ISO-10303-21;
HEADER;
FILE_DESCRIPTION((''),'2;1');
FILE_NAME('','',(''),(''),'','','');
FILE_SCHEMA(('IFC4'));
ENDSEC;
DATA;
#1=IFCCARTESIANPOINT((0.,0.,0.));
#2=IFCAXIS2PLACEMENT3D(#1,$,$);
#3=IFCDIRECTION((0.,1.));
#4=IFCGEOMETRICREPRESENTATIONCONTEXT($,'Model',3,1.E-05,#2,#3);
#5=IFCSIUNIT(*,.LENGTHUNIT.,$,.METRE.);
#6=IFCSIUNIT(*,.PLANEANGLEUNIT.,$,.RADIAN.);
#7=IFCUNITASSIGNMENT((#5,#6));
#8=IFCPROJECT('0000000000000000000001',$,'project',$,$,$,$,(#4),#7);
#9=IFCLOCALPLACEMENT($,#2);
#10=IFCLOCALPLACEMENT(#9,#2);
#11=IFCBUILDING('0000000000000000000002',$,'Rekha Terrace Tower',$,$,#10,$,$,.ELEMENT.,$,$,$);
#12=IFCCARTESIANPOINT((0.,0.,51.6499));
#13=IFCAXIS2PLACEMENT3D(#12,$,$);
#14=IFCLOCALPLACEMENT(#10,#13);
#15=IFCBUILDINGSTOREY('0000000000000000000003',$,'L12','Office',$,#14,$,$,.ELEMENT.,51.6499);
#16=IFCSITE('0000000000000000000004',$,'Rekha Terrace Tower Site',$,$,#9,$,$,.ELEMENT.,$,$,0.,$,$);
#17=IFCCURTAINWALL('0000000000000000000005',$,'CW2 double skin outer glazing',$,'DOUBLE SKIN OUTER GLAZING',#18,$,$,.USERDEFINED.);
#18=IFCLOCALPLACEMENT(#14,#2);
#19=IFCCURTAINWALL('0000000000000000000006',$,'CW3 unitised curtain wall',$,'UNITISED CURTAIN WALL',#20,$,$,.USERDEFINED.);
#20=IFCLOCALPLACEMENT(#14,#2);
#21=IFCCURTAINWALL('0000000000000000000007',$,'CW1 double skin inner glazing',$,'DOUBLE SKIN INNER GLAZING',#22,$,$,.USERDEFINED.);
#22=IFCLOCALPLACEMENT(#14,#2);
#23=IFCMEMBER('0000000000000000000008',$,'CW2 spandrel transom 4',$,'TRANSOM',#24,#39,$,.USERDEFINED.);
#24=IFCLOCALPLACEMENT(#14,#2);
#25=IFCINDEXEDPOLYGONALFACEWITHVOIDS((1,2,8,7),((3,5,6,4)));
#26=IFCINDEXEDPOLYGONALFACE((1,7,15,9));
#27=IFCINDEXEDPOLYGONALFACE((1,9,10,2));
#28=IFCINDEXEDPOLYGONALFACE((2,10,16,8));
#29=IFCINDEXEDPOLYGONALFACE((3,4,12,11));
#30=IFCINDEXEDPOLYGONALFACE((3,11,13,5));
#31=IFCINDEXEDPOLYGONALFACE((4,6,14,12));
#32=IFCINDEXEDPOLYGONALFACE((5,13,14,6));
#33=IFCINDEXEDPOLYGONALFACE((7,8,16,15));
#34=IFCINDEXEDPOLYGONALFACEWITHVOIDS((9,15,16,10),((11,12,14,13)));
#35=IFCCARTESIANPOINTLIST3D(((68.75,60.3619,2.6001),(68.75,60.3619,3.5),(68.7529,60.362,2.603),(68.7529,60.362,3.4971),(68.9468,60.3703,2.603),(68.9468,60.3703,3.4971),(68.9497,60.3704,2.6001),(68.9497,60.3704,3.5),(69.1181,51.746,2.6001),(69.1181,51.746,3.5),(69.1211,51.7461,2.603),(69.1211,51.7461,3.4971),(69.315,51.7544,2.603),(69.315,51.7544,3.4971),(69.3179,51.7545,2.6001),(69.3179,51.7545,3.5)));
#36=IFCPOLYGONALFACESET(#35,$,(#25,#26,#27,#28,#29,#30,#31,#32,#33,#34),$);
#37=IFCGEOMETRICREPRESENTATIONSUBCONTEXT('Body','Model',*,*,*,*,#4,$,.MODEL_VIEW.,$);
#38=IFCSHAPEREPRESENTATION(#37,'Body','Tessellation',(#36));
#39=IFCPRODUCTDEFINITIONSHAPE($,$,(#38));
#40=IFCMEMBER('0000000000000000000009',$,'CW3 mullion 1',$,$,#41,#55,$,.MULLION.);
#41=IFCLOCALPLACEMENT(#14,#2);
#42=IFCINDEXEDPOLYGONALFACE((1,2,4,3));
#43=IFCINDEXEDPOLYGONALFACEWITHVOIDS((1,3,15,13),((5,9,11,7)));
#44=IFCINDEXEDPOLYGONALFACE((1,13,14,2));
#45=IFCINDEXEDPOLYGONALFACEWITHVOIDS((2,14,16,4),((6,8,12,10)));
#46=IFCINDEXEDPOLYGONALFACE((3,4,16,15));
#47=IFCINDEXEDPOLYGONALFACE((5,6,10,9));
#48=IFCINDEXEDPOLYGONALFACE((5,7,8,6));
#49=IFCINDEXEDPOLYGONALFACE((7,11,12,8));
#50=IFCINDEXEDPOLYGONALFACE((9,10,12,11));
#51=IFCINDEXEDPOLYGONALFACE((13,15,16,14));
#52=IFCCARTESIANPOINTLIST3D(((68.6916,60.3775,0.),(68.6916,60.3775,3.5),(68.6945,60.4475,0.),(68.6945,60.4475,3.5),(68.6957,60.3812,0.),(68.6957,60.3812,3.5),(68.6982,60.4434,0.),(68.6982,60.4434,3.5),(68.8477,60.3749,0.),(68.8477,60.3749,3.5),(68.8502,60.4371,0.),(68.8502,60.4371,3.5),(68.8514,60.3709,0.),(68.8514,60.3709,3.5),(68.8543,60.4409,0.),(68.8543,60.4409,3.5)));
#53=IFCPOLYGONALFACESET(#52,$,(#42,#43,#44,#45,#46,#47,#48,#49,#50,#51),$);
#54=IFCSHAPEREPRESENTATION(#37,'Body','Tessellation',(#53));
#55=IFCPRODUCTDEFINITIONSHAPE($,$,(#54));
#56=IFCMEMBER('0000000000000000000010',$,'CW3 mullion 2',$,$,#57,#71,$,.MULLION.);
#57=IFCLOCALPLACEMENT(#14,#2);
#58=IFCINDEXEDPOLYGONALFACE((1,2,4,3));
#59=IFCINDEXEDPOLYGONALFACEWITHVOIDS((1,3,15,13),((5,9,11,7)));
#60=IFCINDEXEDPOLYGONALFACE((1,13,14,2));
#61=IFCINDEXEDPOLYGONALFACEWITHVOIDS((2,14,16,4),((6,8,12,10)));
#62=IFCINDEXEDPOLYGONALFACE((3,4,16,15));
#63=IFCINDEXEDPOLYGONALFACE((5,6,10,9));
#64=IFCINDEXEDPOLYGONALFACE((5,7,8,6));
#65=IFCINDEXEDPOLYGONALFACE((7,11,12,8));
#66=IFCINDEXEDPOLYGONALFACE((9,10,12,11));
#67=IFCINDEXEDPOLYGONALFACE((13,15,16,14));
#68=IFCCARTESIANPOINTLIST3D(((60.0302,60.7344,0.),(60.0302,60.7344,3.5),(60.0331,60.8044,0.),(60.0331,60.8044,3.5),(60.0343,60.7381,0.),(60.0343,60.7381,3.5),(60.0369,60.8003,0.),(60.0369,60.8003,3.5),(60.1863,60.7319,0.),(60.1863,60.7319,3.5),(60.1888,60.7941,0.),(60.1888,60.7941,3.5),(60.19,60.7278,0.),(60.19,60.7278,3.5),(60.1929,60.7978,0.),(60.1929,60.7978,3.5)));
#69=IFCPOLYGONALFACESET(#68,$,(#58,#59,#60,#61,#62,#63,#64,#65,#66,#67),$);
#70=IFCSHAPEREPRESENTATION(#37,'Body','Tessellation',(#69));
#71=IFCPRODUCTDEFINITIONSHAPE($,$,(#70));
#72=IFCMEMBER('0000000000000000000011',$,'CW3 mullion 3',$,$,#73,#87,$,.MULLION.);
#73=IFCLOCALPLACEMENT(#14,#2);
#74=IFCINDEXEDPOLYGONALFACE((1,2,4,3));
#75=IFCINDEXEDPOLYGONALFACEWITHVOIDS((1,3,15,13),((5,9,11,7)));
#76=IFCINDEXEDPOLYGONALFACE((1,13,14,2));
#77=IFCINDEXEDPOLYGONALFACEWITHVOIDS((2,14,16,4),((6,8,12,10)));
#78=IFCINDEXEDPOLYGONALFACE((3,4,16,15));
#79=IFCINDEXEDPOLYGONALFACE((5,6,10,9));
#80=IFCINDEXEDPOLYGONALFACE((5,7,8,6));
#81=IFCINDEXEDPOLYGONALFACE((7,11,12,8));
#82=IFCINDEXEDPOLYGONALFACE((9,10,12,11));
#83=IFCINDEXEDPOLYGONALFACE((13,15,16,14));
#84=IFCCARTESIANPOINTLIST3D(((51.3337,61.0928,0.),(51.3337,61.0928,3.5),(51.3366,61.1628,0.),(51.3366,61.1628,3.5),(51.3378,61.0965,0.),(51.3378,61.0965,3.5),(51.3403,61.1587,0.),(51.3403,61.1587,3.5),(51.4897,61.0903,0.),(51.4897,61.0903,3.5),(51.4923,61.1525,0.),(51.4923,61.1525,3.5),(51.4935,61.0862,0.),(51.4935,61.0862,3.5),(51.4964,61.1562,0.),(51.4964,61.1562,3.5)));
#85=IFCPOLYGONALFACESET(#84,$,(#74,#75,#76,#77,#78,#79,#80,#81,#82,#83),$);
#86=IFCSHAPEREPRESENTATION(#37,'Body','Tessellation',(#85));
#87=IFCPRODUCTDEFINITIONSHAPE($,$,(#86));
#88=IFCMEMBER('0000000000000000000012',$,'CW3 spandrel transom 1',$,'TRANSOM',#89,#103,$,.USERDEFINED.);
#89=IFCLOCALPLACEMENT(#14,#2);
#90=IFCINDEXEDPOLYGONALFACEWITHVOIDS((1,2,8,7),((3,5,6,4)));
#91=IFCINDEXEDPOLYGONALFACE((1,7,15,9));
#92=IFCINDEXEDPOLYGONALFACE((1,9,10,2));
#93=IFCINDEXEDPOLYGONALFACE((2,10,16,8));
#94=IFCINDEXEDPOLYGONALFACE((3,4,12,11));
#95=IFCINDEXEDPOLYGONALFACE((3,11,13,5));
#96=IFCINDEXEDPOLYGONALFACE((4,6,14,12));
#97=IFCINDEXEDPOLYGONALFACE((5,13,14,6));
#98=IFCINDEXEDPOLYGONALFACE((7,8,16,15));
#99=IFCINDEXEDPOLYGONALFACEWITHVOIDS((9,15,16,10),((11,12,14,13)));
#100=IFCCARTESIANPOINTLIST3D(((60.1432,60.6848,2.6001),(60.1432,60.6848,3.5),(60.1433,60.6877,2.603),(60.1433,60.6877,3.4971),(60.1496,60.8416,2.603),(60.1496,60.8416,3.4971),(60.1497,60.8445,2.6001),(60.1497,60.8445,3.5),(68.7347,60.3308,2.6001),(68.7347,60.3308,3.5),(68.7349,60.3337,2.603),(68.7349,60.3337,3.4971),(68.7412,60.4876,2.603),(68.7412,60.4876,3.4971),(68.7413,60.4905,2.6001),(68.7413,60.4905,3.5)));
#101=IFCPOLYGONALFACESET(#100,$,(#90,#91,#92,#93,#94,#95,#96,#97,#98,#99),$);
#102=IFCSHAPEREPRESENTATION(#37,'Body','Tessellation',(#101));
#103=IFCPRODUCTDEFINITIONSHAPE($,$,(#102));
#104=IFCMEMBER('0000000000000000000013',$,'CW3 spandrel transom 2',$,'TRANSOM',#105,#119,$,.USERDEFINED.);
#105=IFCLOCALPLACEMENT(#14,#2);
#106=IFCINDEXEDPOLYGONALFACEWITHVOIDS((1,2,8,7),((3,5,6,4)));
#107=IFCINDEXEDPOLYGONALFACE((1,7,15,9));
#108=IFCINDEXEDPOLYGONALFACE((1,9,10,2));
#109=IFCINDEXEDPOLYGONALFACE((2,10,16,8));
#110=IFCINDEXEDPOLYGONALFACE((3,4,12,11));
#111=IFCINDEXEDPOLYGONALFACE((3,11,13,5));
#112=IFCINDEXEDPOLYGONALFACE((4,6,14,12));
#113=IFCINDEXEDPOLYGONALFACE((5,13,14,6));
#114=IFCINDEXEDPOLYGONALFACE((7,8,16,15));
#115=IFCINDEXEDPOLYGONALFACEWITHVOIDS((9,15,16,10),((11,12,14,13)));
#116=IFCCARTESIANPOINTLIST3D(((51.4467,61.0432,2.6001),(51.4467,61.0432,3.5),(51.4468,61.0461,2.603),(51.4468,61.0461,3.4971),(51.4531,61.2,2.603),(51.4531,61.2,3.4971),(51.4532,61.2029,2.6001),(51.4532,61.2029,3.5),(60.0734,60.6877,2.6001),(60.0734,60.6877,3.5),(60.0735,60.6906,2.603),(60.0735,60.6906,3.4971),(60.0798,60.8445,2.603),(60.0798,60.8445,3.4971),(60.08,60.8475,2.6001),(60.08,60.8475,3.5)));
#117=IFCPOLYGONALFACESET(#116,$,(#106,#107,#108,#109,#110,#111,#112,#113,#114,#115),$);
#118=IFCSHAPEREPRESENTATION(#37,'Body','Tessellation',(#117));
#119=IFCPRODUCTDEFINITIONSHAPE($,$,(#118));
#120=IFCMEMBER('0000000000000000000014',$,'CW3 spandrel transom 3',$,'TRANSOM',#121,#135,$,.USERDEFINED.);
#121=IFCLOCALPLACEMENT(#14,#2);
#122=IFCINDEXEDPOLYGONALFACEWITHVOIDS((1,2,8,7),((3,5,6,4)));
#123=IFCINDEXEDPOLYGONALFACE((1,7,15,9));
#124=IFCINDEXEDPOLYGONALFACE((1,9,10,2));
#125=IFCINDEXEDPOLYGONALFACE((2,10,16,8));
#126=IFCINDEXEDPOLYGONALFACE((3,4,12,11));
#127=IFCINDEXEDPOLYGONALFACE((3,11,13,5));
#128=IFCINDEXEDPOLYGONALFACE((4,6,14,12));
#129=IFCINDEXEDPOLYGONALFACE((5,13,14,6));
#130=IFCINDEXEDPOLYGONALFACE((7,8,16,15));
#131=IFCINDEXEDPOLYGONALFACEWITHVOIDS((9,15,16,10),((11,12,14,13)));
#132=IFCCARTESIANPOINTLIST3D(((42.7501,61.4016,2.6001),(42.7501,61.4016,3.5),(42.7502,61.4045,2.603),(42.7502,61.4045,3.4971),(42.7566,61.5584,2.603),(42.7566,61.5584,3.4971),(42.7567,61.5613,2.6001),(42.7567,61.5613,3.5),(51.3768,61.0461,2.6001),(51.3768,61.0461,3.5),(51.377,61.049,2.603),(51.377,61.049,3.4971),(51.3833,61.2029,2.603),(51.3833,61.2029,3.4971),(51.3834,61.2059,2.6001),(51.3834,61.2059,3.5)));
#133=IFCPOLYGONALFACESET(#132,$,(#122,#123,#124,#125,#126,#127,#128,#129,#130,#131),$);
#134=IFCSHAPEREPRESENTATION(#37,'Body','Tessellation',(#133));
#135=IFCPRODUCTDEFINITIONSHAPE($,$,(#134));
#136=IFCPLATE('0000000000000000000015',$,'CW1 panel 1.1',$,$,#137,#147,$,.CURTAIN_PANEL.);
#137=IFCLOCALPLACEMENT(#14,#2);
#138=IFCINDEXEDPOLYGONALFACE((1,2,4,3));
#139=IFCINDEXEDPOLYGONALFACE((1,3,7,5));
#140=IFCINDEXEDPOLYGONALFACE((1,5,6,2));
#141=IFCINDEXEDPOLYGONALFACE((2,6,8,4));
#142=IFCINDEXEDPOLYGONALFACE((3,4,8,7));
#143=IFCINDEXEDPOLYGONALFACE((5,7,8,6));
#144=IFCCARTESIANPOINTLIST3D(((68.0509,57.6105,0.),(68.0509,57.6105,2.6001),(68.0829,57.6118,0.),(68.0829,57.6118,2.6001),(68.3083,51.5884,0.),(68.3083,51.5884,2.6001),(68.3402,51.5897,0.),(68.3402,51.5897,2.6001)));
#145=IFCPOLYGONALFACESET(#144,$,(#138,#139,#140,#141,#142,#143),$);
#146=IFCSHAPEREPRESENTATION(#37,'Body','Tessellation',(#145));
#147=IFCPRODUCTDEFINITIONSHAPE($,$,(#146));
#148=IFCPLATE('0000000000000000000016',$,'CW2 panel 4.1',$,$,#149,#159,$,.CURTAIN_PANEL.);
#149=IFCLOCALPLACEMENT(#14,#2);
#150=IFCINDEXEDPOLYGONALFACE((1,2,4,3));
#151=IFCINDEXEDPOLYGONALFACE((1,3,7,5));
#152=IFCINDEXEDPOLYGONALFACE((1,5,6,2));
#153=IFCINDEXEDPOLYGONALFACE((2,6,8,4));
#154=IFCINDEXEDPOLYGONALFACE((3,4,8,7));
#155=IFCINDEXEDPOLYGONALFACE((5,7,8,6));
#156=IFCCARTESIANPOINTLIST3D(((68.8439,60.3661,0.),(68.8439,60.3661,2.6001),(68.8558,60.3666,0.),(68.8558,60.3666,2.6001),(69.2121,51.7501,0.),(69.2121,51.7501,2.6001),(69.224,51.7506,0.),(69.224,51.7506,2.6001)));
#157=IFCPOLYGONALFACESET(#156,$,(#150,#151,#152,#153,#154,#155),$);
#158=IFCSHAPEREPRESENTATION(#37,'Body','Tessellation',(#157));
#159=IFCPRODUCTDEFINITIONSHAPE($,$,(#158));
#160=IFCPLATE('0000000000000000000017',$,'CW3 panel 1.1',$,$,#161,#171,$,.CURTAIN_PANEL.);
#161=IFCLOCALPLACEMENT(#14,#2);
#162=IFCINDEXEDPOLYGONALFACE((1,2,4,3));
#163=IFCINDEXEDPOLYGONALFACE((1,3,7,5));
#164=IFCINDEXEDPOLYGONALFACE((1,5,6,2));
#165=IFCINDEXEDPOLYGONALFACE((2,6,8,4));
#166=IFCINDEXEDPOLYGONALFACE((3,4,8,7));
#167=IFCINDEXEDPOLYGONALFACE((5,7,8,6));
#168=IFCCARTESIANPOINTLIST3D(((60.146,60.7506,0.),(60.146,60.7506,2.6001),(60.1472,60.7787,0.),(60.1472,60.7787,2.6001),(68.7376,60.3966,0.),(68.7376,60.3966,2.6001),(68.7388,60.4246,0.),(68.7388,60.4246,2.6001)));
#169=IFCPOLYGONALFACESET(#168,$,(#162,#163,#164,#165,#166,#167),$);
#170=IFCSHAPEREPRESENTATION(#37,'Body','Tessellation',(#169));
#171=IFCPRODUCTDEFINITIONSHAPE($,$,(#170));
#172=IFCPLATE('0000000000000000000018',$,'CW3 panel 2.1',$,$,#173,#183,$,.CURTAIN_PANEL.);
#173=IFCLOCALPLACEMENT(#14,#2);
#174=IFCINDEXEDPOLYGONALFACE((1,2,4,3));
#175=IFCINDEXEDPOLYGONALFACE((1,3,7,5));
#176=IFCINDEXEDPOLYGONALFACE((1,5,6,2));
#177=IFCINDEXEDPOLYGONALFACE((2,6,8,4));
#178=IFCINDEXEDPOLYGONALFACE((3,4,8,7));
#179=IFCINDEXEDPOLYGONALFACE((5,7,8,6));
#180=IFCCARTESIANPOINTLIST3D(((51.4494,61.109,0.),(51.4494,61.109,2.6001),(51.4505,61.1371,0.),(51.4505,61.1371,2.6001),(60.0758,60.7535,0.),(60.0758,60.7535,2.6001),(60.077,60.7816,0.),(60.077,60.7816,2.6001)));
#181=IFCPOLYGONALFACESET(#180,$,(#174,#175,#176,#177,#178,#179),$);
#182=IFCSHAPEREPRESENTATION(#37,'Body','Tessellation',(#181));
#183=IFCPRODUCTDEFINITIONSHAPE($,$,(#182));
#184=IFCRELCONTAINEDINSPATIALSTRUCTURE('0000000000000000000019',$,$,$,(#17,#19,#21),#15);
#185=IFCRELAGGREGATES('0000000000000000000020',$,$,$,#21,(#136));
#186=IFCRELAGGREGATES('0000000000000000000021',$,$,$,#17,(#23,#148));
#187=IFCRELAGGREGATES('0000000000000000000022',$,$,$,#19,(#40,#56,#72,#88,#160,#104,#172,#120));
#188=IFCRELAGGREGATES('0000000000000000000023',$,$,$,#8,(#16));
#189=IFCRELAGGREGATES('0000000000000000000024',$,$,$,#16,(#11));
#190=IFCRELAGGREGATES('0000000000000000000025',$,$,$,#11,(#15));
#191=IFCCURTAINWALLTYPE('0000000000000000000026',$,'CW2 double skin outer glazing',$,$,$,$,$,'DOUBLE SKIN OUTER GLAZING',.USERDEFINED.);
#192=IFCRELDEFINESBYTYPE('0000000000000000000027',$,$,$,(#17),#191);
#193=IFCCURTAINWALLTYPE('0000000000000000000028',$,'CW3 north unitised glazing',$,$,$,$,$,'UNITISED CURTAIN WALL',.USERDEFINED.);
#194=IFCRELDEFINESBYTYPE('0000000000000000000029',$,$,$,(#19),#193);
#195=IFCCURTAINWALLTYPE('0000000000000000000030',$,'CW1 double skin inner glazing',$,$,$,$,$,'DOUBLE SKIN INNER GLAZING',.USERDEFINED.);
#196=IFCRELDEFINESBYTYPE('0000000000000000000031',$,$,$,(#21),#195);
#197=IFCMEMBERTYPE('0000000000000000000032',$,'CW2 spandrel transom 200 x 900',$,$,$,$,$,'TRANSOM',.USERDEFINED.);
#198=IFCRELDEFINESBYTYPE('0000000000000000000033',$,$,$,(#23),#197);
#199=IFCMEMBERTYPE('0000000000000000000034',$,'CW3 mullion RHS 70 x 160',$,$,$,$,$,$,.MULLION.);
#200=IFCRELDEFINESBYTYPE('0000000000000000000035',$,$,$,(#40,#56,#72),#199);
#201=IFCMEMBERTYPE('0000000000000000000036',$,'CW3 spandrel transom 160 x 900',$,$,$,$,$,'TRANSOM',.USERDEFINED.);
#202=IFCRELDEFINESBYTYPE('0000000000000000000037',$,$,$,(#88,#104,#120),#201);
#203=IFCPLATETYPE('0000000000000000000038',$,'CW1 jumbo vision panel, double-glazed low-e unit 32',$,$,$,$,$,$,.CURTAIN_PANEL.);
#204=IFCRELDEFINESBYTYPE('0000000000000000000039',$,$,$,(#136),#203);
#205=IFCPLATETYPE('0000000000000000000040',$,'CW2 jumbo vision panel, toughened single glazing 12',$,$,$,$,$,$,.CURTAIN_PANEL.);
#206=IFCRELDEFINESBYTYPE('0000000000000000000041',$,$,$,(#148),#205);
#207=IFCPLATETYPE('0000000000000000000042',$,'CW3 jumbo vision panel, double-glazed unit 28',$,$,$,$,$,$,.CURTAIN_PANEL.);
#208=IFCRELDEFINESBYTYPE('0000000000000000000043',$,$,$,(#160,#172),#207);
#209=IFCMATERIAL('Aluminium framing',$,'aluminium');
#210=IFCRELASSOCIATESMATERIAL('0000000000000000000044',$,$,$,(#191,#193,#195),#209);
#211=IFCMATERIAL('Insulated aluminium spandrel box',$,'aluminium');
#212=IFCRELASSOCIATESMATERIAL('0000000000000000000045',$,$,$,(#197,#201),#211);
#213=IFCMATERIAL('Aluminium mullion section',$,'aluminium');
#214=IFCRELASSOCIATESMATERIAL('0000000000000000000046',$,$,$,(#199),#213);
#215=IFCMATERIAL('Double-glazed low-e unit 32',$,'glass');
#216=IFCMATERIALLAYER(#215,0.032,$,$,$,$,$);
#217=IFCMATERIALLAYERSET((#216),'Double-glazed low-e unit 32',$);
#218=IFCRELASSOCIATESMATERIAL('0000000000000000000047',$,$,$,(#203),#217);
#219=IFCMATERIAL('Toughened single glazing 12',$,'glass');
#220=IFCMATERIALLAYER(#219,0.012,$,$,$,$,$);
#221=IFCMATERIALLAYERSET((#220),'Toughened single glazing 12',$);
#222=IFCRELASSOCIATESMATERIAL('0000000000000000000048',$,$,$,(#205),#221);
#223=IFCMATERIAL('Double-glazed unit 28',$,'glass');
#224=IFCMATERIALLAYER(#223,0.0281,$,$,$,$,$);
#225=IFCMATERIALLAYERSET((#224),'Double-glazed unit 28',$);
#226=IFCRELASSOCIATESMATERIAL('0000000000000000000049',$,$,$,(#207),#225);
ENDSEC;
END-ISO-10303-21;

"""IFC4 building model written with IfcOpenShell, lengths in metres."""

from ifc_helpers import new_model, si_unit, direction, frame, origin, origin_2d, place, context, subcontext, project, spatial, rectangle, hollow_rectangle, extrude, material, layer, layer_set, material_profile, profile_set, type_object, element, aggregate, save


model = new_model("IFC4")

# Units and contexts
model_context = context("Model", 3, precision=1e-05, world=origin(), true_north=direction((0.0, 1.0)))
body_context = subcontext(model_context, "Body", "Model", "MODEL_VIEW")
ifc_project = project(units=[si_unit("LENGTHUNIT", "METRE"), si_unit("PLANEANGLEUNIT", "RADIAN")], contexts=[model_context])

# Site, building, storey
site_placement = place(None, origin())
site = spatial("IfcSite", under=ifc_project, at=site_placement, Name="Rekha Terrace Tower Site", CompositionType="ELEMENT", RefElevation=0.0)
building_placement = place(site_placement, origin())
building = spatial("IfcBuilding", under=site, at=building_placement, Name="Rekha Terrace Tower", CompositionType="ELEMENT")
storey_placement = place(building_placement, frame((0.0, 0.0, 51.6499)))
storey = spatial("IfcBuildingStorey", under=building, at=storey_placement, Name="L12", Description="Office", CompositionType="ELEMENT", Elevation=51.6499)

# Curtain wall
ifc_material_1 = material(Name="Aluminium framing", Category="aluminium")
curtain_wall_type_1 = type_object("IfcCurtainWallType", Name="CW2 double skin outer glazing", ElementType="DOUBLE SKIN OUTER GLAZING", PredefinedType="USERDEFINED", material=ifc_material_1)
curtain_wall_1_placement = place(storey_placement, origin())
curtain_wall_1 = element("IfcCurtainWall", 1, at=curtain_wall_1_placement, inside=storey, type_object=curtain_wall_type_1, Name="CW2 double skin outer glazing", ObjectType="DOUBLE SKIN OUTER GLAZING", PredefinedType="USERDEFINED")

# Curtain walls
curtain_wall_type_2 = type_object("IfcCurtainWallType", Name="CW3 north unitised glazing", ElementType="UNITISED CURTAIN WALL", PredefinedType="USERDEFINED", material=ifc_material_1)
curtain_wall_2_placement = place(storey_placement, origin())
curtain_wall_2 = element("IfcCurtainWall", 2, at=curtain_wall_2_placement, inside=storey, type_object=curtain_wall_type_2, Name="CW3 unitised curtain wall", ObjectType="UNITISED CURTAIN WALL", PredefinedType="USERDEFINED")
curtain_wall_type_3 = type_object("IfcCurtainWallType", Name="CW1 double skin inner glazing", ElementType="DOUBLE SKIN INNER GLAZING", PredefinedType="USERDEFINED", material=ifc_material_1)
curtain_wall_3_placement = place(storey_placement, origin())
curtain_wall_3 = element("IfcCurtainWall", 3, at=curtain_wall_3_placement, inside=storey, type_object=curtain_wall_type_3, Name="CW1 double skin inner glazing", ObjectType="DOUBLE SKIN INNER GLAZING", PredefinedType="USERDEFINED")
ifc_material_2 = material(Name="Aluminium mullion section", Category="aluminium")
ifc_material_3 = material(Name="Insulated aluminium spandrel box", Category="aluminium")

# Members
ifc_material_profile_1 = material_profile(ifc_material_3, hollow_rectangle(XDim=0.2, YDim=0.8999, WallThickness=0.0029, at=origin_2d()), Name="AL SPANDREL BOX 200x900")
ifc_profile_set_1 = profile_set([ifc_material_profile_1], Name="Insulated aluminium spandrel box")
member_type_1 = type_object("IfcMemberType", Name="CW2 spandrel transom 200 x 900", ElementType="TRANSOM", PredefinedType="USERDEFINED", material=ifc_profile_set_1)
member_1_placement = place(storey_placement, frame((69.218, 51.7502, 3.05), z_axis=(-0.042691, 0.999088, 0.0), x_axis=(-0.999088, -0.042691, 0.0)))
member_1 = element("IfcMember", 4, at=member_1_placement, type_object=member_type_1, Name="CW2 spandrel transom 4", ObjectType="TRANSOM", PredefinedType="USERDEFINED", context=body_context, shape_type="SweptSolid", body=[
    extrude(hollow_rectangle(XDim=0.2, YDim=0.8999, WallThickness=0.0029, at=origin_2d()), origin(), (0.0, 0.0, 1.0), 8.6238),
])
ifc_material_profile_2 = material_profile(ifc_material_2, hollow_rectangle(XDim=0.0701, YDim=0.1599, WallThickness=0.0039, at=origin_2d()), Name="AL RHS 70x160")
ifc_profile_set_2 = profile_set([ifc_material_profile_2], Name="Aluminium mullion section")
member_type_2 = type_object("IfcMemberType", Name="CW3 mullion RHS 70 x 160", PredefinedType="MULLION", material=ifc_profile_set_2)
member_2_placement = place(storey_placement, frame((68.7729, 60.4092, 0.0), z_axis=(0.0, 0.0, 1.0), x_axis=(-0.041174, -0.999152, 0.0)))
member_2 = element("IfcMember", 5, at=member_2_placement, type_object=member_type_2, Name="CW3 mullion 1", PredefinedType="MULLION", context=body_context, shape_type="SweptSolid", body=[
    extrude(hollow_rectangle(XDim=0.0701, YDim=0.1599, WallThickness=0.0039, at=origin_2d()), origin(), (0.0, 0.0, 1.0), 3.5),
])
member_3_placement = place(storey_placement, frame((60.1116, 60.7661, 0.0), z_axis=(0.0, 0.0, 1.0), x_axis=(-0.041174, -0.999152, 0.0)))
member_3 = element("IfcMember", 6, at=member_3_placement, type_object=member_type_2, Name="CW3 mullion 2", PredefinedType="MULLION", context=body_context, shape_type="SweptSolid", body=[
    extrude(hollow_rectangle(XDim=0.0701, YDim=0.1599, WallThickness=0.0039, at=origin_2d()), origin(), (0.0, 0.0, 1.0), 3.5),
])
member_4_placement = place(storey_placement, frame((51.415, 61.1245, 0.0), z_axis=(0.0, 0.0, 1.0), x_axis=(-0.041174, -0.999152, 0.0)))
member_4 = element("IfcMember", 7, at=member_4_placement, type_object=member_type_2, Name="CW3 mullion 3", PredefinedType="MULLION", context=body_context, shape_type="SweptSolid", body=[
    extrude(hollow_rectangle(XDim=0.0701, YDim=0.1599, WallThickness=0.0039, at=origin_2d()), origin(), (0.0, 0.0, 1.0), 3.5),
])
ifc_material_profile_3 = material_profile(ifc_material_3, hollow_rectangle(XDim=0.1599, YDim=0.8999, WallThickness=0.0029, at=origin_2d()), Name="AL SPANDREL BOX 160x900")
ifc_profile_set_3 = profile_set([ifc_material_profile_3], Name="Insulated aluminium spandrel box")
member_type_3 = type_object("IfcMemberType", Name="CW3 spandrel transom 160 x 900", ElementType="TRANSOM", PredefinedType="USERDEFINED", material=ifc_profile_set_3)
member_5_placement = place(storey_placement, frame((68.738, 60.4106, 3.05), z_axis=(-0.999152, 0.041169, 0.0), x_axis=(-0.041169, -0.999152, 0.0)))
member_5 = element("IfcMember", 8, at=member_5_placement, type_object=member_type_3, Name="CW3 spandrel transom 1", ObjectType="TRANSOM", PredefinedType="USERDEFINED", context=body_context, shape_type="SweptSolid", body=[
    extrude(hollow_rectangle(XDim=0.1599, YDim=0.8999, WallThickness=0.0029, at=origin_2d()), origin(), (0.0, 0.0, 1.0), 8.5989),
])
member_6_placement = place(storey_placement, frame((60.0767, 60.7676, 3.05), z_axis=(-0.999152, 0.041171, 0.0), x_axis=(-0.041171, -0.999152, 0.0)))
member_6 = element("IfcMember", 9, at=member_6_placement, type_object=member_type_3, Name="CW3 spandrel transom 2", ObjectType="TRANSOM", PredefinedType="USERDEFINED", context=body_context, shape_type="SweptSolid", body=[
    extrude(hollow_rectangle(XDim=0.1599, YDim=0.8999, WallThickness=0.0029, at=origin_2d()), origin(), (0.0, 0.0, 1.0), 8.634),
])
member_7_placement = place(storey_placement, frame((51.3801, 61.126, 3.05), z_axis=(-0.999152, 0.041171, 0.0), x_axis=(-0.041171, -0.999152, 0.0)))
member_7 = element("IfcMember", 10, at=member_7_placement, type_object=member_type_3, Name="CW3 spandrel transom 3", ObjectType="TRANSOM", PredefinedType="USERDEFINED", context=body_context, shape_type="SweptSolid", body=[
    extrude(hollow_rectangle(XDim=0.1599, YDim=0.8999, WallThickness=0.0029, at=origin_2d()), origin(), (0.0, 0.0, 1.0), 8.634),
])

# Plates
ifc_material_4 = material(Name="Double-glazed low-e unit 32", Category="glass")
ifc_layer_1 = layer(ifc_material_4, 0.032)
ifc_layer_set_1 = layer_set([ifc_layer_1], Name="Double-glazed low-e unit 32")
plate_type_1 = type_object("IfcPlateType", Name="CW1 jumbo vision panel, double-glazed low-e unit 32", PredefinedType="CURTAIN_PANEL", material=ifc_layer_set_1)
plate_1_placement = place(storey_placement, frame((68.1956, 54.6001, 0.0), z_axis=(0.0, 0.0, 1.0), x_axis=(-0.042696, 0.999088, 0.0)))
plate_1 = element("IfcPlate", 11, at=plate_1_placement, type_object=plate_type_1, Name="CW1 panel 1.1", PredefinedType="CURTAIN_PANEL", context=body_context, shape_type="SweptSolid", body=[
    extrude(rectangle(XDim=6.0276, YDim=0.032, at=origin_2d()), origin(), (0.0, 0.0, 1.0), 2.6001),
])
aggregate(curtain_wall_3, [plate_1])
ifc_material_5 = material(Name="Toughened single glazing 12", Category="glass")
ifc_layer_2 = layer(ifc_material_5, 0.012)
ifc_layer_set_2 = layer_set([ifc_layer_2], Name="Toughened single glazing 12")
plate_type_2 = type_object("IfcPlateType", Name="CW2 jumbo vision panel, toughened single glazing 12", PredefinedType="CURTAIN_PANEL", material=ifc_layer_set_2)
plate_2_placement = place(storey_placement, frame((69.0339, 56.0583, 0.0), z_axis=(0.0, 0.0, 1.0), x_axis=(-0.042696, 0.999088, 0.0)))
plate_2 = element("IfcPlate", 12, at=plate_2_placement, type_object=plate_type_2, Name="CW2 panel 4.1", PredefinedType="CURTAIN_PANEL", context=body_context, shape_type="SweptSolid", body=[
    extrude(rectangle(XDim=8.6238, YDim=0.012, at=origin_2d()), origin(), (0.0, 0.0, 1.0), 2.6001),
])
aggregate(curtain_wall_1, [member_1, plate_2])
ifc_material_6 = material(Name="Double-glazed unit 28", Category="glass")
ifc_layer_3 = layer(ifc_material_6, 0.0281)
ifc_layer_set_3 = layer_set([ifc_layer_3], Name="Double-glazed unit 28")
plate_type_3 = type_object("IfcPlateType", Name="CW3 jumbo vision panel, double-glazed unit 28", PredefinedType="CURTAIN_PANEL", material=ifc_layer_set_3)
plate_3_placement = place(storey_placement, frame((64.4424, 60.5876, 0.0), z_axis=(0.0, 0.0, 1.0), x_axis=(-0.999152, 0.041174, 0.0)))
plate_3 = element("IfcPlate", 13, at=plate_3_placement, type_object=plate_type_3, Name="CW3 panel 1.1", PredefinedType="CURTAIN_PANEL", context=body_context, shape_type="SweptSolid", body=[
    extrude(rectangle(XDim=8.5989, YDim=0.0281, at=origin_2d()), origin(), (0.0, 0.0, 1.0), 2.6001),
])
plate_4_placement = place(storey_placement, frame((55.7632, 60.9453, 0.0), z_axis=(0.0, 0.0, 1.0), x_axis=(-0.999152, 0.041174, 0.0)))
plate_4 = element("IfcPlate", 14, at=plate_4_placement, type_object=plate_type_3, Name="CW3 panel 2.1", PredefinedType="CURTAIN_PANEL", context=body_context, shape_type="SweptSolid", body=[
    extrude(rectangle(XDim=8.6338, YDim=0.0281, at=origin_2d()), origin(), (0.0, 0.0, 1.0), 2.6001),
])
aggregate(curtain_wall_2, [member_2, member_3, member_4, member_5, plate_3, member_6, plate_4, member_7])

save(model, "model.ifc")
